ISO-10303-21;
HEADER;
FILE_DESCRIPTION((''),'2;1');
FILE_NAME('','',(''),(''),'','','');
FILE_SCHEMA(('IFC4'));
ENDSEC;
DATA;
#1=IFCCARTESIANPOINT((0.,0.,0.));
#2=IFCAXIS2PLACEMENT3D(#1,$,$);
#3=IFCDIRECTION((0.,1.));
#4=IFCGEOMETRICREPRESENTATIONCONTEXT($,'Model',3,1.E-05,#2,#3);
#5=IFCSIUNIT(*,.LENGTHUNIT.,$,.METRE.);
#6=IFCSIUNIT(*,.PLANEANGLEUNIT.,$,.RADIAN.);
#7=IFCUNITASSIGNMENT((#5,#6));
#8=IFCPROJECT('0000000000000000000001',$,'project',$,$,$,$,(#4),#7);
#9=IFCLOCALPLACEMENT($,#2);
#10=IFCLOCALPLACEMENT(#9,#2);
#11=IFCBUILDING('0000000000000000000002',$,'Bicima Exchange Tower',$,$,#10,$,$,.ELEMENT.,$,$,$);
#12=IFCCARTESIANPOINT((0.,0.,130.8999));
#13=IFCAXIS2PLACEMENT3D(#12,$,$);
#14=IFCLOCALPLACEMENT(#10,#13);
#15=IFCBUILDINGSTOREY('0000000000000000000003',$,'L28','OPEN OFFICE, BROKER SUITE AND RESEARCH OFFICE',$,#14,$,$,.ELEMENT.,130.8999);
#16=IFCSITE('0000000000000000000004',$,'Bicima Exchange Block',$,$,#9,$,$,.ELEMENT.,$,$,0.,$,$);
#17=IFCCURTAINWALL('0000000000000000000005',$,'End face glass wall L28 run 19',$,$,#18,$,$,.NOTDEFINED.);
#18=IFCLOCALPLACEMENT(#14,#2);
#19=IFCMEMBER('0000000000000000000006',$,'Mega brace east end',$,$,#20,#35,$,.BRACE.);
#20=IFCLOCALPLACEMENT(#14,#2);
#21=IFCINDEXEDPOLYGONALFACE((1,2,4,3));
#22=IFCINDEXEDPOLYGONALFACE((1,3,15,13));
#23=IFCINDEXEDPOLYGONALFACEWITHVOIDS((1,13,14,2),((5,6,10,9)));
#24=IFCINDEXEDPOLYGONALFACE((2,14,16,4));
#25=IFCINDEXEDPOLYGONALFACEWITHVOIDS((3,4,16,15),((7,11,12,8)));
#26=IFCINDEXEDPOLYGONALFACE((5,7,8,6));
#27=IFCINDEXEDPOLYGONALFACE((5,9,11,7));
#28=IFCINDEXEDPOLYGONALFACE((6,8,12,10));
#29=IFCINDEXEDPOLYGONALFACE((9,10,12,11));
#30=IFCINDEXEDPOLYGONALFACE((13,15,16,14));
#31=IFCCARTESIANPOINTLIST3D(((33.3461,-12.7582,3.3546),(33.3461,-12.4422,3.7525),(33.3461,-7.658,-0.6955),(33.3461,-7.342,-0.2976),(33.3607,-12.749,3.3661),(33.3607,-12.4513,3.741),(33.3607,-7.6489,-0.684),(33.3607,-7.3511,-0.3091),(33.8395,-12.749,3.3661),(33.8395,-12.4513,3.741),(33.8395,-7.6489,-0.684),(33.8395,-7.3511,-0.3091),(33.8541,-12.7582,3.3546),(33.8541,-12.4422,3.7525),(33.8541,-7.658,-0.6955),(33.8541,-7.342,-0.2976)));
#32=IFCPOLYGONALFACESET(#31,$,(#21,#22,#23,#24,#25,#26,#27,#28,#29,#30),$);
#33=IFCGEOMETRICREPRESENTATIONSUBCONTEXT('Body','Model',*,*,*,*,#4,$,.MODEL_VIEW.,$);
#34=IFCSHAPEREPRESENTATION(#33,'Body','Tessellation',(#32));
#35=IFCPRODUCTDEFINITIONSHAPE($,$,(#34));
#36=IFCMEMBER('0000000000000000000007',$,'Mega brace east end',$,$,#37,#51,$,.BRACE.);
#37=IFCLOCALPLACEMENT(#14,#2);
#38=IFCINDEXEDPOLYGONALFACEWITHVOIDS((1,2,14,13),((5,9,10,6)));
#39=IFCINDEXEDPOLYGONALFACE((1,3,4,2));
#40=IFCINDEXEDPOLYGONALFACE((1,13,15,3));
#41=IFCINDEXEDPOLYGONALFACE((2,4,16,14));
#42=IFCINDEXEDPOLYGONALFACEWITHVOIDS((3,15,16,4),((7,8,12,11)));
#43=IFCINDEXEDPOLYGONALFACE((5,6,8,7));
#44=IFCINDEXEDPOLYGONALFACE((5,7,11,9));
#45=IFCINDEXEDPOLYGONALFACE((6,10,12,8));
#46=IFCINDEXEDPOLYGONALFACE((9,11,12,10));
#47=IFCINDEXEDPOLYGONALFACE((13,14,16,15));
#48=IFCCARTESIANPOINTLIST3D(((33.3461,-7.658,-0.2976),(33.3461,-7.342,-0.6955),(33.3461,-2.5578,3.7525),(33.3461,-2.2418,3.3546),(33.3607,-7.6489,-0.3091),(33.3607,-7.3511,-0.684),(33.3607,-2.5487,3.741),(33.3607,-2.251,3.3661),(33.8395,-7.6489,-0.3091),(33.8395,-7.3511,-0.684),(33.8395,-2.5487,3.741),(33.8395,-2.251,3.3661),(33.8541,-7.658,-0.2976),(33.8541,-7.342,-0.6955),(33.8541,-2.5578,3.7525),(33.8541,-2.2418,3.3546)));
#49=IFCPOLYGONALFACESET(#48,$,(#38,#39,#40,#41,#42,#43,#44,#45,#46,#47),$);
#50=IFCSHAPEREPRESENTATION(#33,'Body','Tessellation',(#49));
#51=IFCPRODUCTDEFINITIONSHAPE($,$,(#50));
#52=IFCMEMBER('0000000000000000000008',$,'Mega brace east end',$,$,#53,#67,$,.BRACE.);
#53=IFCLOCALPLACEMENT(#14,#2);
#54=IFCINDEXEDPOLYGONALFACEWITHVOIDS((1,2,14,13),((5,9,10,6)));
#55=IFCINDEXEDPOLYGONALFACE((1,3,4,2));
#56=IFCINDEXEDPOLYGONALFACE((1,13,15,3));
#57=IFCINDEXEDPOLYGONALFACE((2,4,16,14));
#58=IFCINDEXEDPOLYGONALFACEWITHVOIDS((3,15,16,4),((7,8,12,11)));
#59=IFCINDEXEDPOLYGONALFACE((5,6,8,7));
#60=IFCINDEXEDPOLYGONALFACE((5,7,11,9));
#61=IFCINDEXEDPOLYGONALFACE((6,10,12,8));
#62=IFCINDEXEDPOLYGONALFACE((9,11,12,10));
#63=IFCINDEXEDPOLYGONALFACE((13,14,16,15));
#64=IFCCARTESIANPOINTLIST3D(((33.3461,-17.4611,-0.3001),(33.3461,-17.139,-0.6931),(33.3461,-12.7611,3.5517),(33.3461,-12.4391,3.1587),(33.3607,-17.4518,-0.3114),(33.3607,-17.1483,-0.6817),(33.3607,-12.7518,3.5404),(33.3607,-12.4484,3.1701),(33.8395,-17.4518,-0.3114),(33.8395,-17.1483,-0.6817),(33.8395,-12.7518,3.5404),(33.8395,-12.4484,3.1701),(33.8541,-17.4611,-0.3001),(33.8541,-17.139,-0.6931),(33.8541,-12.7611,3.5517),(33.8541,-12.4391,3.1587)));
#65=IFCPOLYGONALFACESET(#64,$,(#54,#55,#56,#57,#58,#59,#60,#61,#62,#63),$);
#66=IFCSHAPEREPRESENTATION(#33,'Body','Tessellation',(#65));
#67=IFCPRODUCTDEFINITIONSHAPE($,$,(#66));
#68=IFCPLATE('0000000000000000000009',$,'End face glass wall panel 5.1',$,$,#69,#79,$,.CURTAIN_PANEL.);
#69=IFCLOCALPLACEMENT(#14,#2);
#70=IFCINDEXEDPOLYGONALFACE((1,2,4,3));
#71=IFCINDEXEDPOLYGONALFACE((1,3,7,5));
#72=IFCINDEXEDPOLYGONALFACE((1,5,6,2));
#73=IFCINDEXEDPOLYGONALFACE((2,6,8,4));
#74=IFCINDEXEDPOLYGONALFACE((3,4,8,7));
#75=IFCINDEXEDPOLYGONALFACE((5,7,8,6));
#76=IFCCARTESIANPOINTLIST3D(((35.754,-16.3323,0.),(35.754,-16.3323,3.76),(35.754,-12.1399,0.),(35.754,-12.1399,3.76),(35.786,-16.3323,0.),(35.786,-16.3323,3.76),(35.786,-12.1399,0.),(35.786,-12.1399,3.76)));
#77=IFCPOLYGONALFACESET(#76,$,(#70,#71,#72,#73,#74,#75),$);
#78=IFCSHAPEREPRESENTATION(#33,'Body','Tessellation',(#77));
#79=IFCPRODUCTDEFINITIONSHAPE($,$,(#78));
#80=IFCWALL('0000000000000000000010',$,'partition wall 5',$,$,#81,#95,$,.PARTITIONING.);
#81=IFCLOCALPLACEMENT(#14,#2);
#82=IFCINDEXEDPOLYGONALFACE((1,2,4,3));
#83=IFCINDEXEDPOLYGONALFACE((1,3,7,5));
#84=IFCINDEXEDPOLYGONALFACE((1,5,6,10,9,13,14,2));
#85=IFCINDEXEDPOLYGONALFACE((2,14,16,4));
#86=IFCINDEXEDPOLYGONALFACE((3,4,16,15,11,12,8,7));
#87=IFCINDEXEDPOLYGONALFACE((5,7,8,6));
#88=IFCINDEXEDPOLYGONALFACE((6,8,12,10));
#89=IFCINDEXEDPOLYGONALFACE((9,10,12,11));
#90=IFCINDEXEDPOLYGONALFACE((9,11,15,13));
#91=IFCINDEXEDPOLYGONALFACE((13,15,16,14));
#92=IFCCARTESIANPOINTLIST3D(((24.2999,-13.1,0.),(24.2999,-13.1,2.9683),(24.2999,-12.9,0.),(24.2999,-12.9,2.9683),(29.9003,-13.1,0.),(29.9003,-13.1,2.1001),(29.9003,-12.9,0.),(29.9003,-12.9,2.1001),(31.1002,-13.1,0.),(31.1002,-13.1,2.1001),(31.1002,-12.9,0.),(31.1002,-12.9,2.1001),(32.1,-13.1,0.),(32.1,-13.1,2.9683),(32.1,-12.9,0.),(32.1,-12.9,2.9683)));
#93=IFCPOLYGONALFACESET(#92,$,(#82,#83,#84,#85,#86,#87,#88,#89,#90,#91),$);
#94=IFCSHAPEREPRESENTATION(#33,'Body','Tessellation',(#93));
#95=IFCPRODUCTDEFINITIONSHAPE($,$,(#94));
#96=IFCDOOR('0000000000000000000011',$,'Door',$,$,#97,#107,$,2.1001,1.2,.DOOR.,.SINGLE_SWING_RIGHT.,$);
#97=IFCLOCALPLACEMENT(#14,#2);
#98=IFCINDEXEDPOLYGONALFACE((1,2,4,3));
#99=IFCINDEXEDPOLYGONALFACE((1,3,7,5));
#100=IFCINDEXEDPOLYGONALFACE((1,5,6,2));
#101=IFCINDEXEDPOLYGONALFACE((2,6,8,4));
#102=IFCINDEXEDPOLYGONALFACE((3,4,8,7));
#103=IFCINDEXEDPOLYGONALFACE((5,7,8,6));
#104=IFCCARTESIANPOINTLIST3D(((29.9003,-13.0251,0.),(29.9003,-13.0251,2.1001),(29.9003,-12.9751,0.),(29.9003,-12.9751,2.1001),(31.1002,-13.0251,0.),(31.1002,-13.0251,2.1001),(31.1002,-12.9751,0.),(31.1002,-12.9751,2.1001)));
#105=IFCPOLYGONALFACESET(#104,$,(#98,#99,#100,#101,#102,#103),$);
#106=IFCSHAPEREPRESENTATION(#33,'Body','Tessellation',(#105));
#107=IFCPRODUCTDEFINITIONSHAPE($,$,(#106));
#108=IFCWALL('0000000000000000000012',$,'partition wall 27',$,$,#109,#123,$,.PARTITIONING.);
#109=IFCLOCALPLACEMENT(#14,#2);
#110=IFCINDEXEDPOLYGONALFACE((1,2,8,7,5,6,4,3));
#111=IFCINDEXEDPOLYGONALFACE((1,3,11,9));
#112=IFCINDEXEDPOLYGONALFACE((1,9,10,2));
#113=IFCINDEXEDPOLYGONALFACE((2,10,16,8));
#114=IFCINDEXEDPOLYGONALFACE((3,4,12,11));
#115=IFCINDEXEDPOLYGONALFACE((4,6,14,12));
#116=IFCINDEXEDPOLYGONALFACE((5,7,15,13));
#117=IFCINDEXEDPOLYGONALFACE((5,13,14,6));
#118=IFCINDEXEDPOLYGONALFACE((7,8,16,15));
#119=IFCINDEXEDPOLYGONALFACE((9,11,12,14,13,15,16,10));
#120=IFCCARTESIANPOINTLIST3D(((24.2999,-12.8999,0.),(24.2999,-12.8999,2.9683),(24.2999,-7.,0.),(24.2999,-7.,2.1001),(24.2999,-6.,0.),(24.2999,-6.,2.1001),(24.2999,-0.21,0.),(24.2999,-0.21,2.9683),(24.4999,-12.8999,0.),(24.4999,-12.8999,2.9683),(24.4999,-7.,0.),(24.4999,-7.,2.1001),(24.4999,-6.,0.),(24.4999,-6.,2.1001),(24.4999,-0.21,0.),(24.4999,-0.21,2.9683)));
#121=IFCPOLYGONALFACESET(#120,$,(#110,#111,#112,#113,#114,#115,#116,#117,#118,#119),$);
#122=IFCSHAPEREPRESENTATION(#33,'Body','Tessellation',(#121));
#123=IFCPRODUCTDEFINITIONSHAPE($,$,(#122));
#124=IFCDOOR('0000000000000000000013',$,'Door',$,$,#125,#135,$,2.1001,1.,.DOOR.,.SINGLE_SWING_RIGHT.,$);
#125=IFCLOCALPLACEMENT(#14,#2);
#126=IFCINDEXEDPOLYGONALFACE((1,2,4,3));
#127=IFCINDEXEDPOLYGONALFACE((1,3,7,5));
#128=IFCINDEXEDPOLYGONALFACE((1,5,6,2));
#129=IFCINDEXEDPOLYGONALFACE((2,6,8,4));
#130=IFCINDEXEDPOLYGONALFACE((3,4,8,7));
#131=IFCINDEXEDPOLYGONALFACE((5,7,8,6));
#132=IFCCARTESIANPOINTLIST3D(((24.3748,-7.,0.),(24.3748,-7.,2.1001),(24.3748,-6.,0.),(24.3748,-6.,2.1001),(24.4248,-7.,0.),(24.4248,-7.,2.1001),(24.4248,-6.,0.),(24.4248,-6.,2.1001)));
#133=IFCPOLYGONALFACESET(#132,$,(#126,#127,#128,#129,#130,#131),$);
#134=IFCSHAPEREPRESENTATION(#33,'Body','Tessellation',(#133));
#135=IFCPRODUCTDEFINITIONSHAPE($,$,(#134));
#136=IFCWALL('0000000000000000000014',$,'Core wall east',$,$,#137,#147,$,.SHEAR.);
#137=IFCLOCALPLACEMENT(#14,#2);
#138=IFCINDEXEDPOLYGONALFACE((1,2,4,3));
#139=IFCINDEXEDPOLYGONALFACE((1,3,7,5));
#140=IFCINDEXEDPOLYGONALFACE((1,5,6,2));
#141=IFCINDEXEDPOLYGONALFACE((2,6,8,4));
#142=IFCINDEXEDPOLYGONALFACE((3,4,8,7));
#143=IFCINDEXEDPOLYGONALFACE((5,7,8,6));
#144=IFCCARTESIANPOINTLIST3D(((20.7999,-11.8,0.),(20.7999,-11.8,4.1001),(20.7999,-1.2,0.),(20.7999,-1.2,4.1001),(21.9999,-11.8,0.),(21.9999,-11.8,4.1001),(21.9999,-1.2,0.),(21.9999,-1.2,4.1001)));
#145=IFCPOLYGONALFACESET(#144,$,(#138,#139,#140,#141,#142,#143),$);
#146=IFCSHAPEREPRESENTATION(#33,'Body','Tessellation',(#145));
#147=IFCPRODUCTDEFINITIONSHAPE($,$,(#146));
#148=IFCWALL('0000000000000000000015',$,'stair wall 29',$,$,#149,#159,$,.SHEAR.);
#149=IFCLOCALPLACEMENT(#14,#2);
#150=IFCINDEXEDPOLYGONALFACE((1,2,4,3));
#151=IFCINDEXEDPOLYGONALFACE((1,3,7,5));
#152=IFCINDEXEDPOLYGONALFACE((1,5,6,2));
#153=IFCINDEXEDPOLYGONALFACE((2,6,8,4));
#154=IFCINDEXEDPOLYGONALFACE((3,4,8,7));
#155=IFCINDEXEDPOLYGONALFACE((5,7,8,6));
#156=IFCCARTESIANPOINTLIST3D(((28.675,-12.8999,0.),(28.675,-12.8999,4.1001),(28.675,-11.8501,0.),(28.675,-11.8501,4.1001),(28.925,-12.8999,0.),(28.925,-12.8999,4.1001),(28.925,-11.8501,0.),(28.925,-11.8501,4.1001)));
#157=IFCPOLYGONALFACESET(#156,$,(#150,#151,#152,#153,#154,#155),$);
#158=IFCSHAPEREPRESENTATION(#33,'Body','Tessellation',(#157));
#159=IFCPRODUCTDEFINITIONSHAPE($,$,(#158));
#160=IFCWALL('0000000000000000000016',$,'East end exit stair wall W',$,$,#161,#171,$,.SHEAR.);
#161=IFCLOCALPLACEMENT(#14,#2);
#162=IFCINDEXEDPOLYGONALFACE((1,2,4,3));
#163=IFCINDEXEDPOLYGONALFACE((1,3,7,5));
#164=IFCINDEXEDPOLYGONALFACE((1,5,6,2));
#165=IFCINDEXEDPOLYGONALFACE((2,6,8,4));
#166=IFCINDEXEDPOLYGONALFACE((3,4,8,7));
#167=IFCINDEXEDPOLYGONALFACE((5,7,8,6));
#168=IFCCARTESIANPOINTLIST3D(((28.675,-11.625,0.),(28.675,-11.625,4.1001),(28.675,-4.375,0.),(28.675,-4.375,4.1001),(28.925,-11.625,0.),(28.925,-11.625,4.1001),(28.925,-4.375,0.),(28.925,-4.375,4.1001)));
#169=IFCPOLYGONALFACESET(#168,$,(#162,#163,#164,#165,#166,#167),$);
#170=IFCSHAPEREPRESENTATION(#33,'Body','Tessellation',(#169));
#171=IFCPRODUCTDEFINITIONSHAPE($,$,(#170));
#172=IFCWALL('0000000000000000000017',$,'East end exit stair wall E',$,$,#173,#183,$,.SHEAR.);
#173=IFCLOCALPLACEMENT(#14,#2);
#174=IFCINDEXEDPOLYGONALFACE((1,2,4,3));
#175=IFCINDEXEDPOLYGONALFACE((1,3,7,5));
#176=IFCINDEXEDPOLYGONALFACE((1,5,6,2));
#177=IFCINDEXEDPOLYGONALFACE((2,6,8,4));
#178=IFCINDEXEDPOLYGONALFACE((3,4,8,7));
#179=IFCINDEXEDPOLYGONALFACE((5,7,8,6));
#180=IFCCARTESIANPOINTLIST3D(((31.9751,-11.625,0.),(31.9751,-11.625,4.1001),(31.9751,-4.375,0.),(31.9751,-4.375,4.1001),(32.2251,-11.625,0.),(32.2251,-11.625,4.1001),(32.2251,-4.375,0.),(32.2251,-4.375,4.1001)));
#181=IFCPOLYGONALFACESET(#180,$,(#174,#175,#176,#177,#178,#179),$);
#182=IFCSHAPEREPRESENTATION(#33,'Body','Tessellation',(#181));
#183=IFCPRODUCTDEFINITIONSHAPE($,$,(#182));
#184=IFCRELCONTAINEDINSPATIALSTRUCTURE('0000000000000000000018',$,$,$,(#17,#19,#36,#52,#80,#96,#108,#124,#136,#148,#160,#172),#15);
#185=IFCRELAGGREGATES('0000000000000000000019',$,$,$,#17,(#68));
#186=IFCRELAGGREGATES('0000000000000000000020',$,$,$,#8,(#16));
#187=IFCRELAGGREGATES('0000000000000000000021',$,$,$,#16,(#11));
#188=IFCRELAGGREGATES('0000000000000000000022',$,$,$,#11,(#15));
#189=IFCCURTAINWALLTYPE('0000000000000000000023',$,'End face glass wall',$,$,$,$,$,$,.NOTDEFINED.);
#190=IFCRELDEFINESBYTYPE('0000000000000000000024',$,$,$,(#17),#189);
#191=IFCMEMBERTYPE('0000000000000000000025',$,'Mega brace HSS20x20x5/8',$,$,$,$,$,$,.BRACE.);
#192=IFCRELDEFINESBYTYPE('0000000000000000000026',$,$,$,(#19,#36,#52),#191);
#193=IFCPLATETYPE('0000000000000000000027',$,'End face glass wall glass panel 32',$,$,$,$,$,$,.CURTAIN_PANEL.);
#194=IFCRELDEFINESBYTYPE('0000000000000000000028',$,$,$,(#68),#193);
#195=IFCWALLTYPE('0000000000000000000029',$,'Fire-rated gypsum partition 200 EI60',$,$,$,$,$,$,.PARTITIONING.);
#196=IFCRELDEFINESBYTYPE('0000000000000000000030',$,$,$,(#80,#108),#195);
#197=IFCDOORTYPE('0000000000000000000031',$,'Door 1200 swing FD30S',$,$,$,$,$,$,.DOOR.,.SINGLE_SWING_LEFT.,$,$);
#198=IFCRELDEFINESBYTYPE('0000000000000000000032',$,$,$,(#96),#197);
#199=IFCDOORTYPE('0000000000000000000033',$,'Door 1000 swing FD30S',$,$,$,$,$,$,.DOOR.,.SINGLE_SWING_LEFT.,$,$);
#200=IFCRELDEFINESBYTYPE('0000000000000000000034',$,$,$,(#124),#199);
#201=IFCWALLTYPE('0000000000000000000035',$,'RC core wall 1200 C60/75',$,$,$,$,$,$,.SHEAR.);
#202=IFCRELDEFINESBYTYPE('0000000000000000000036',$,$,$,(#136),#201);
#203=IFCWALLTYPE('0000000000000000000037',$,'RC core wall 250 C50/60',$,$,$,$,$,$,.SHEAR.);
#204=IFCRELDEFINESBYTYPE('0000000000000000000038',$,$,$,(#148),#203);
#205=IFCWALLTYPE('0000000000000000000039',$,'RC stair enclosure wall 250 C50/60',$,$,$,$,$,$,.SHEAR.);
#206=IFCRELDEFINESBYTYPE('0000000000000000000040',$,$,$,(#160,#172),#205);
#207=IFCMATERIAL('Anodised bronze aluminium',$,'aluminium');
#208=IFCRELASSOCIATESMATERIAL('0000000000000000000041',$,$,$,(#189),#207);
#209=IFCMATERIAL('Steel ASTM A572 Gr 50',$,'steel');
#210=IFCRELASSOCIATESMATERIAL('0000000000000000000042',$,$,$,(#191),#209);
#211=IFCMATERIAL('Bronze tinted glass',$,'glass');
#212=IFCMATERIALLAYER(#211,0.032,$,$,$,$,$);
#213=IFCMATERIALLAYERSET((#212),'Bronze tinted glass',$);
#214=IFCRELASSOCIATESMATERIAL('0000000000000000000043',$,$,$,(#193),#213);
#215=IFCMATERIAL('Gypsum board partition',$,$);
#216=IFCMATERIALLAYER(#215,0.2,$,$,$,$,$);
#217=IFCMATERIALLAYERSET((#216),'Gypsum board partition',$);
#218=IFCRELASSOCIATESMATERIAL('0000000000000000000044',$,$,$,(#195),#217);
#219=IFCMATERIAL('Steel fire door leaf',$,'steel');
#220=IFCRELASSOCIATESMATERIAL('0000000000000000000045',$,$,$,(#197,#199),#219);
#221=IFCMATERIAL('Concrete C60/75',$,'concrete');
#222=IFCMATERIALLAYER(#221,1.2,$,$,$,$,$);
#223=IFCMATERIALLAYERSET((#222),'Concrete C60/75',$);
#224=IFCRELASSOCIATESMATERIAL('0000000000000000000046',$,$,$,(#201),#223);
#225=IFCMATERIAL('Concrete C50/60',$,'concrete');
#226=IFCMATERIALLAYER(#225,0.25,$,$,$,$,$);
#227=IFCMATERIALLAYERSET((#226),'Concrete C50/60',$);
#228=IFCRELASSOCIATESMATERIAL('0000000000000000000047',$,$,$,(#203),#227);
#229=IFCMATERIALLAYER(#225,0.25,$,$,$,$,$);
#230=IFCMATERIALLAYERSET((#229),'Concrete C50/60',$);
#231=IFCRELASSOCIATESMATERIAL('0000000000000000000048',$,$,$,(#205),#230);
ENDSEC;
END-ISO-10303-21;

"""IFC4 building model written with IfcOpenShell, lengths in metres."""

from ifc_helpers import new_model, si_unit, direction, frame, frame_2d, origin, origin_2d, place, context, subcontext, project, spatial, rectangle, hollow_rectangle, extrude, material, layer, layer_set, material_profile, profile_set, type_object, element, fill, aggregate, save


model = new_model("IFC4")

# Units and contexts
model_context = context("Model", 3, precision=1e-05, world=origin(), true_north=direction((0.0, 1.0)))
body_context = subcontext(model_context, "Body", "Model", "MODEL_VIEW")
ifc_project = project(units=[si_unit("LENGTHUNIT", "METRE"), si_unit("PLANEANGLEUNIT", "RADIAN")], contexts=[model_context])

# Site, building, storey
site_placement = place(None, origin())
site = spatial("IfcSite", under=ifc_project, at=site_placement, Name="Bicima Exchange Block", CompositionType="ELEMENT", RefElevation=0.0)
building_placement = place(site_placement, origin())
building = spatial("IfcBuilding", under=site, at=building_placement, Name="Bicima Exchange Tower", CompositionType="ELEMENT")
storey_placement = place(building_placement, frame((0.0, 0.0, 130.8999)))
storey = spatial("IfcBuildingStorey", under=building, at=storey_placement, Name="L28", Description="OPEN OFFICE, BROKER SUITE AND RESEARCH OFFICE", CompositionType="ELEMENT", Elevation=130.8999)

# Curtain wall
ifc_material_1 = material(Name="Anodised bronze aluminium", Category="aluminium")
curtain_wall_type = type_object("IfcCurtainWallType", Name="End face glass wall", PredefinedType="NOTDEFINED", material=ifc_material_1)
curtain_wall_placement = place(storey_placement, origin())
curtain_wall = element("IfcCurtainWall", 1, at=curtain_wall_placement, inside=storey, type_object=curtain_wall_type, Name="End face glass wall L28 run 19", PredefinedType="NOTDEFINED")

# Members
ifc_material_2 = material(Name="Steel ASTM A572 Gr 50", Category="steel")
ifc_material_profile_1 = material_profile(ifc_material_2, hollow_rectangle(XDim=0.5081, YDim=0.5081, WallThickness=0.0146, at=origin_2d()))
ifc_profile_set_1 = profile_set([ifc_material_profile_1], Name="Steel ASTM A572 Gr 50")
member_type_1 = type_object("IfcMemberType", Name="Mega brace HSS20x20x5/8", PredefinedType="BRACE", material=ifc_profile_set_1)
for number, where, z_axis, x_axis, name in (
    (2, (33.6001, -7.5, -0.4966), (0.0, -0.783113, 0.621879), (1.0, 0.0, 0.0), "Mega brace east end"),
    (3, (33.6001, -7.5, -0.4966), (0.0, 0.783113, 0.621879), (-1.0, 0.0, 0.0), "Mega brace east end"),
):
    element("IfcMember", number, at=place(storey_placement, frame(where, z_axis=z_axis, x_axis=x_axis)), inside=storey, type_object=member_type_1, Name=name, PredefinedType="BRACE", context=body_context, shape_type="SweptSolid", body=[
        extrude(hollow_rectangle(XDim=0.5081, YDim=0.5081, WallThickness=0.0146, at=origin_2d()), origin(), (0.0, 0.0, 1.0), 6.5127),
    ])
member_1_placement = place(storey_placement, frame((33.6001, -17.3, -0.4966), z_axis=(0.0, 0.773442, 0.633868), x_axis=(-1.0, 0.0, 0.0)))
element("IfcMember", 4, at=member_1_placement, inside=storey, type_object=member_type_1, Name="Mega brace east end", PredefinedType="BRACE", context=body_context, shape_type="SweptSolid", body=[
    extrude(hollow_rectangle(XDim=0.5081, YDim=0.5081, WallThickness=0.0146, at=origin_2d()), origin(), (0.0, 0.0, 1.0), 6.0767),
])

# Plate
ifc_material_3 = material(Name="Bronze tinted glass", Category="glass")
ifc_layer_1 = layer(ifc_material_3, 0.032)
ifc_layer_set_1 = layer_set([ifc_layer_1], Name="Bronze tinted glass")
plate_type = type_object("IfcPlateType", Name="End face glass wall glass panel 32", PredefinedType="CURTAIN_PANEL", material=ifc_layer_set_1)
plate_placement = place(storey_placement, frame((35.77, -14.2361, 0.0), z_axis=(0.0, 0.0, 1.0), x_axis=(0.0, 1.0, 0.0)))
plate = element("IfcPlate", 5, at=plate_placement, type_object=plate_type, Name="End face glass wall panel 5.1", PredefinedType="CURTAIN_PANEL", context=body_context, shape_type="SweptSolid", body=[
    extrude(rectangle(XDim=4.1924, YDim=0.032, at=origin_2d()), origin(), (0.0, 0.0, 1.0), 3.76),
])
aggregate(curtain_wall, [plate])

# Walls, openings, doors
ifc_material_4 = material(Name="Gypsum board partition")
ifc_layer_2 = layer(ifc_material_4, 0.2)
ifc_layer_set_2 = layer_set([ifc_layer_2], Name="Gypsum board partition")
wall_type_1 = type_object("IfcWallType", Name="Fire-rated gypsum partition 200 EI60", PredefinedType="PARTITIONING", material=ifc_layer_set_2)
wall_1_placement = place(storey_placement, frame((24.3, -13.0, 0.0), z_axis=(0.0, 0.0, 1.0), x_axis=(1.0, 0.0, 0.0)))
wall_1 = element("IfcWall", 6, at=wall_1_placement, inside=storey, type_object=wall_type_1, Name="partition wall 5", PredefinedType="PARTITIONING", context=body_context, shape_type="SweptSolid", body=[
    extrude(rectangle(XDim=7.8, YDim=0.2, at=frame_2d((3.8999, 0.0))), origin(), (0.0, 0.0, 1.0), 2.9683),
])
opening_1_placement = place(wall_1_placement, frame((5.6001, 0.0, 0.0)))
opening_1 = element("IfcOpeningElement", 7, at=opening_1_placement, cuts=wall_1, PredefinedType="OPENING", context=body_context, shape_type="SweptSolid", body=[
    extrude(rectangle(XDim=1.2, YDim=2.1001, at=frame_2d((0.6001, 1.05))), frame((0.0, 0.1118, 0.0), z_axis=(0.0, -1.0, 0.0), x_axis=(1.0, 0.0, 0.0)), (0.0, 0.0, 1.0), 0.2239),
])
ifc_material_5 = material(Name="Steel fire door leaf", Category="steel")
door_type_1 = type_object("IfcDoorType", Name="Door 1200 swing FD30S", OperationType="SINGLE_SWING_LEFT", PredefinedType="DOOR", material=ifc_material_5)
door_1_placement = place(opening_1_placement, origin())
door_1 = element("IfcDoor", 8, at=door_1_placement, inside=storey, type_object=door_type_1, Name="Door", OperationType="SINGLE_SWING_RIGHT", OverallHeight=2.1001, OverallWidth=1.2, PredefinedType="DOOR", context=body_context, shape_type="SweptSolid", body=[
    extrude(rectangle(XDim=1.2, YDim=2.1001, at=frame_2d((0.6001, 1.05))), frame((0.0, 0.0249, 0.0), z_axis=(0.0, -1.0, 0.0), x_axis=(1.0, 0.0, 0.0)), (0.0, 0.0, 1.0), 0.05),
])
fill(opening_1, door_1)
wall_2_placement = place(storey_placement, frame((24.3999, -12.8999, 0.0), z_axis=(0.0, 0.0, 1.0), x_axis=(0.0, 1.0, 0.0)))
wall_2 = element("IfcWall", 9, at=wall_2_placement, inside=storey, type_object=wall_type_1, Name="partition wall 27", PredefinedType="PARTITIONING", context=body_context, shape_type="SweptSolid", body=[
    extrude(rectangle(XDim=12.6899, YDim=0.2, at=frame_2d((6.345, 0.0))), origin(), (0.0, 0.0, 1.0), 2.9683),
])
opening_2_placement = place(wall_2_placement, frame((5.8999, 0.0, 0.0)))
opening_2 = element("IfcOpeningElement", 10, at=opening_2_placement, cuts=wall_2, PredefinedType="OPENING", context=body_context, shape_type="SweptSolid", body=[
    extrude(rectangle(XDim=1.0, YDim=2.1001, at=frame_2d((0.5, 1.05))), frame((0.0, 0.1118, 0.0), z_axis=(0.0, -1.0, 0.0), x_axis=(1.0, 0.0, 0.0)), (0.0, 0.0, 1.0), 0.2239),
])
door_type_2 = type_object("IfcDoorType", Name="Door 1000 swing FD30S", OperationType="SINGLE_SWING_LEFT", PredefinedType="DOOR", material=ifc_material_5)
door_2_placement = place(opening_2_placement, frame((1.0, 0.0, 0.0), z_axis=(0.0, 0.0, 1.0), x_axis=(-1.0, 0.0, 0.0)))
door_2 = element("IfcDoor", 11, at=door_2_placement, inside=storey, type_object=door_type_2, Name="Door", OperationType="SINGLE_SWING_RIGHT", OverallHeight=2.1001, OverallWidth=1.0, PredefinedType="DOOR", context=body_context, shape_type="SweptSolid", body=[
    extrude(rectangle(XDim=1.0, YDim=2.1001, at=frame_2d((0.5, 1.05))), frame((0.0, 0.0249, 0.0), z_axis=(0.0, -1.0, 0.0), x_axis=(1.0, 0.0, 0.0)), (0.0, 0.0, 1.0), 0.05),
])
fill(opening_2, door_2)

# Walls
ifc_material_6 = material(Name="Concrete C60/75", Category="concrete")
ifc_layer_3 = layer(ifc_material_6, 1.2)
ifc_layer_set_3 = layer_set([ifc_layer_3], Name="Concrete C60/75")
wall_type_2 = type_object("IfcWallType", Name="RC core wall 1200 C60/75", PredefinedType="SHEAR", material=ifc_layer_set_3)
wall_3_placement = place(storey_placement, frame((21.3999, -11.8, 0.0), z_axis=(0.0, 0.0, 1.0), x_axis=(0.0, 1.0, 0.0)))
element("IfcWall", 12, at=wall_3_placement, inside=storey, type_object=wall_type_2, Name="Core wall east", PredefinedType="SHEAR", context=body_context, shape_type="SweptSolid", body=[
    extrude(rectangle(XDim=10.6001, YDim=1.2, at=frame_2d((5.3, 0.0))), origin(), (0.0, 0.0, 1.0), 4.1001),
])
ifc_material_7 = material(Name="Concrete C50/60", Category="concrete")
ifc_layer_4 = layer(ifc_material_7, 0.25)
ifc_layer_set_4 = layer_set([ifc_layer_4], Name="Concrete C50/60")
wall_type_3 = type_object("IfcWallType", Name="RC core wall 250 C50/60", PredefinedType="SHEAR", material=ifc_layer_set_4)
wall_4_placement = place(storey_placement, frame((28.8, -12.8999, 0.0), z_axis=(0.0, 0.0, 1.0), x_axis=(0.0, 1.0, 0.0)))
element("IfcWall", 13, at=wall_4_placement, inside=storey, type_object=wall_type_3, Name="stair wall 29", PredefinedType="SHEAR", context=body_context, shape_type="SweptSolid", body=[
    extrude(rectangle(XDim=1.0498, YDim=0.25, at=frame_2d((0.5249, 0.0))), origin(), (0.0, 0.0, 1.0), 4.1001),
])
ifc_layer_5 = layer(ifc_material_7, 0.25)
ifc_layer_set_5 = layer_set([ifc_layer_5], Name="Concrete C50/60")
wall_type_4 = type_object("IfcWallType", Name="RC stair enclosure wall 250 C50/60", PredefinedType="SHEAR", material=ifc_layer_set_5)
for number, where, z_axis, x_axis, name in (
    (14, (28.8, -11.625, 0.0), (0.0, 0.0, 1.0), (0.0, 1.0, 0.0), "East end exit stair wall W"),
    (15, (32.1001, -11.625, 0.0), (0.0, 0.0, 1.0), (0.0, 1.0, 0.0), "East end exit stair wall E"),
):
    element("IfcWall", number, at=place(storey_placement, frame(where, z_axis=z_axis, x_axis=x_axis)), inside=storey, type_object=wall_type_4, Name=name, PredefinedType="SHEAR", context=body_context, shape_type="SweptSolid", body=[
        extrude(rectangle(XDim=7.25, YDim=0.25, at=frame_2d((3.625, 0.0))), origin(), (0.0, 0.0, 1.0), 4.1001),
    ])

save(model, "model.ifc")
